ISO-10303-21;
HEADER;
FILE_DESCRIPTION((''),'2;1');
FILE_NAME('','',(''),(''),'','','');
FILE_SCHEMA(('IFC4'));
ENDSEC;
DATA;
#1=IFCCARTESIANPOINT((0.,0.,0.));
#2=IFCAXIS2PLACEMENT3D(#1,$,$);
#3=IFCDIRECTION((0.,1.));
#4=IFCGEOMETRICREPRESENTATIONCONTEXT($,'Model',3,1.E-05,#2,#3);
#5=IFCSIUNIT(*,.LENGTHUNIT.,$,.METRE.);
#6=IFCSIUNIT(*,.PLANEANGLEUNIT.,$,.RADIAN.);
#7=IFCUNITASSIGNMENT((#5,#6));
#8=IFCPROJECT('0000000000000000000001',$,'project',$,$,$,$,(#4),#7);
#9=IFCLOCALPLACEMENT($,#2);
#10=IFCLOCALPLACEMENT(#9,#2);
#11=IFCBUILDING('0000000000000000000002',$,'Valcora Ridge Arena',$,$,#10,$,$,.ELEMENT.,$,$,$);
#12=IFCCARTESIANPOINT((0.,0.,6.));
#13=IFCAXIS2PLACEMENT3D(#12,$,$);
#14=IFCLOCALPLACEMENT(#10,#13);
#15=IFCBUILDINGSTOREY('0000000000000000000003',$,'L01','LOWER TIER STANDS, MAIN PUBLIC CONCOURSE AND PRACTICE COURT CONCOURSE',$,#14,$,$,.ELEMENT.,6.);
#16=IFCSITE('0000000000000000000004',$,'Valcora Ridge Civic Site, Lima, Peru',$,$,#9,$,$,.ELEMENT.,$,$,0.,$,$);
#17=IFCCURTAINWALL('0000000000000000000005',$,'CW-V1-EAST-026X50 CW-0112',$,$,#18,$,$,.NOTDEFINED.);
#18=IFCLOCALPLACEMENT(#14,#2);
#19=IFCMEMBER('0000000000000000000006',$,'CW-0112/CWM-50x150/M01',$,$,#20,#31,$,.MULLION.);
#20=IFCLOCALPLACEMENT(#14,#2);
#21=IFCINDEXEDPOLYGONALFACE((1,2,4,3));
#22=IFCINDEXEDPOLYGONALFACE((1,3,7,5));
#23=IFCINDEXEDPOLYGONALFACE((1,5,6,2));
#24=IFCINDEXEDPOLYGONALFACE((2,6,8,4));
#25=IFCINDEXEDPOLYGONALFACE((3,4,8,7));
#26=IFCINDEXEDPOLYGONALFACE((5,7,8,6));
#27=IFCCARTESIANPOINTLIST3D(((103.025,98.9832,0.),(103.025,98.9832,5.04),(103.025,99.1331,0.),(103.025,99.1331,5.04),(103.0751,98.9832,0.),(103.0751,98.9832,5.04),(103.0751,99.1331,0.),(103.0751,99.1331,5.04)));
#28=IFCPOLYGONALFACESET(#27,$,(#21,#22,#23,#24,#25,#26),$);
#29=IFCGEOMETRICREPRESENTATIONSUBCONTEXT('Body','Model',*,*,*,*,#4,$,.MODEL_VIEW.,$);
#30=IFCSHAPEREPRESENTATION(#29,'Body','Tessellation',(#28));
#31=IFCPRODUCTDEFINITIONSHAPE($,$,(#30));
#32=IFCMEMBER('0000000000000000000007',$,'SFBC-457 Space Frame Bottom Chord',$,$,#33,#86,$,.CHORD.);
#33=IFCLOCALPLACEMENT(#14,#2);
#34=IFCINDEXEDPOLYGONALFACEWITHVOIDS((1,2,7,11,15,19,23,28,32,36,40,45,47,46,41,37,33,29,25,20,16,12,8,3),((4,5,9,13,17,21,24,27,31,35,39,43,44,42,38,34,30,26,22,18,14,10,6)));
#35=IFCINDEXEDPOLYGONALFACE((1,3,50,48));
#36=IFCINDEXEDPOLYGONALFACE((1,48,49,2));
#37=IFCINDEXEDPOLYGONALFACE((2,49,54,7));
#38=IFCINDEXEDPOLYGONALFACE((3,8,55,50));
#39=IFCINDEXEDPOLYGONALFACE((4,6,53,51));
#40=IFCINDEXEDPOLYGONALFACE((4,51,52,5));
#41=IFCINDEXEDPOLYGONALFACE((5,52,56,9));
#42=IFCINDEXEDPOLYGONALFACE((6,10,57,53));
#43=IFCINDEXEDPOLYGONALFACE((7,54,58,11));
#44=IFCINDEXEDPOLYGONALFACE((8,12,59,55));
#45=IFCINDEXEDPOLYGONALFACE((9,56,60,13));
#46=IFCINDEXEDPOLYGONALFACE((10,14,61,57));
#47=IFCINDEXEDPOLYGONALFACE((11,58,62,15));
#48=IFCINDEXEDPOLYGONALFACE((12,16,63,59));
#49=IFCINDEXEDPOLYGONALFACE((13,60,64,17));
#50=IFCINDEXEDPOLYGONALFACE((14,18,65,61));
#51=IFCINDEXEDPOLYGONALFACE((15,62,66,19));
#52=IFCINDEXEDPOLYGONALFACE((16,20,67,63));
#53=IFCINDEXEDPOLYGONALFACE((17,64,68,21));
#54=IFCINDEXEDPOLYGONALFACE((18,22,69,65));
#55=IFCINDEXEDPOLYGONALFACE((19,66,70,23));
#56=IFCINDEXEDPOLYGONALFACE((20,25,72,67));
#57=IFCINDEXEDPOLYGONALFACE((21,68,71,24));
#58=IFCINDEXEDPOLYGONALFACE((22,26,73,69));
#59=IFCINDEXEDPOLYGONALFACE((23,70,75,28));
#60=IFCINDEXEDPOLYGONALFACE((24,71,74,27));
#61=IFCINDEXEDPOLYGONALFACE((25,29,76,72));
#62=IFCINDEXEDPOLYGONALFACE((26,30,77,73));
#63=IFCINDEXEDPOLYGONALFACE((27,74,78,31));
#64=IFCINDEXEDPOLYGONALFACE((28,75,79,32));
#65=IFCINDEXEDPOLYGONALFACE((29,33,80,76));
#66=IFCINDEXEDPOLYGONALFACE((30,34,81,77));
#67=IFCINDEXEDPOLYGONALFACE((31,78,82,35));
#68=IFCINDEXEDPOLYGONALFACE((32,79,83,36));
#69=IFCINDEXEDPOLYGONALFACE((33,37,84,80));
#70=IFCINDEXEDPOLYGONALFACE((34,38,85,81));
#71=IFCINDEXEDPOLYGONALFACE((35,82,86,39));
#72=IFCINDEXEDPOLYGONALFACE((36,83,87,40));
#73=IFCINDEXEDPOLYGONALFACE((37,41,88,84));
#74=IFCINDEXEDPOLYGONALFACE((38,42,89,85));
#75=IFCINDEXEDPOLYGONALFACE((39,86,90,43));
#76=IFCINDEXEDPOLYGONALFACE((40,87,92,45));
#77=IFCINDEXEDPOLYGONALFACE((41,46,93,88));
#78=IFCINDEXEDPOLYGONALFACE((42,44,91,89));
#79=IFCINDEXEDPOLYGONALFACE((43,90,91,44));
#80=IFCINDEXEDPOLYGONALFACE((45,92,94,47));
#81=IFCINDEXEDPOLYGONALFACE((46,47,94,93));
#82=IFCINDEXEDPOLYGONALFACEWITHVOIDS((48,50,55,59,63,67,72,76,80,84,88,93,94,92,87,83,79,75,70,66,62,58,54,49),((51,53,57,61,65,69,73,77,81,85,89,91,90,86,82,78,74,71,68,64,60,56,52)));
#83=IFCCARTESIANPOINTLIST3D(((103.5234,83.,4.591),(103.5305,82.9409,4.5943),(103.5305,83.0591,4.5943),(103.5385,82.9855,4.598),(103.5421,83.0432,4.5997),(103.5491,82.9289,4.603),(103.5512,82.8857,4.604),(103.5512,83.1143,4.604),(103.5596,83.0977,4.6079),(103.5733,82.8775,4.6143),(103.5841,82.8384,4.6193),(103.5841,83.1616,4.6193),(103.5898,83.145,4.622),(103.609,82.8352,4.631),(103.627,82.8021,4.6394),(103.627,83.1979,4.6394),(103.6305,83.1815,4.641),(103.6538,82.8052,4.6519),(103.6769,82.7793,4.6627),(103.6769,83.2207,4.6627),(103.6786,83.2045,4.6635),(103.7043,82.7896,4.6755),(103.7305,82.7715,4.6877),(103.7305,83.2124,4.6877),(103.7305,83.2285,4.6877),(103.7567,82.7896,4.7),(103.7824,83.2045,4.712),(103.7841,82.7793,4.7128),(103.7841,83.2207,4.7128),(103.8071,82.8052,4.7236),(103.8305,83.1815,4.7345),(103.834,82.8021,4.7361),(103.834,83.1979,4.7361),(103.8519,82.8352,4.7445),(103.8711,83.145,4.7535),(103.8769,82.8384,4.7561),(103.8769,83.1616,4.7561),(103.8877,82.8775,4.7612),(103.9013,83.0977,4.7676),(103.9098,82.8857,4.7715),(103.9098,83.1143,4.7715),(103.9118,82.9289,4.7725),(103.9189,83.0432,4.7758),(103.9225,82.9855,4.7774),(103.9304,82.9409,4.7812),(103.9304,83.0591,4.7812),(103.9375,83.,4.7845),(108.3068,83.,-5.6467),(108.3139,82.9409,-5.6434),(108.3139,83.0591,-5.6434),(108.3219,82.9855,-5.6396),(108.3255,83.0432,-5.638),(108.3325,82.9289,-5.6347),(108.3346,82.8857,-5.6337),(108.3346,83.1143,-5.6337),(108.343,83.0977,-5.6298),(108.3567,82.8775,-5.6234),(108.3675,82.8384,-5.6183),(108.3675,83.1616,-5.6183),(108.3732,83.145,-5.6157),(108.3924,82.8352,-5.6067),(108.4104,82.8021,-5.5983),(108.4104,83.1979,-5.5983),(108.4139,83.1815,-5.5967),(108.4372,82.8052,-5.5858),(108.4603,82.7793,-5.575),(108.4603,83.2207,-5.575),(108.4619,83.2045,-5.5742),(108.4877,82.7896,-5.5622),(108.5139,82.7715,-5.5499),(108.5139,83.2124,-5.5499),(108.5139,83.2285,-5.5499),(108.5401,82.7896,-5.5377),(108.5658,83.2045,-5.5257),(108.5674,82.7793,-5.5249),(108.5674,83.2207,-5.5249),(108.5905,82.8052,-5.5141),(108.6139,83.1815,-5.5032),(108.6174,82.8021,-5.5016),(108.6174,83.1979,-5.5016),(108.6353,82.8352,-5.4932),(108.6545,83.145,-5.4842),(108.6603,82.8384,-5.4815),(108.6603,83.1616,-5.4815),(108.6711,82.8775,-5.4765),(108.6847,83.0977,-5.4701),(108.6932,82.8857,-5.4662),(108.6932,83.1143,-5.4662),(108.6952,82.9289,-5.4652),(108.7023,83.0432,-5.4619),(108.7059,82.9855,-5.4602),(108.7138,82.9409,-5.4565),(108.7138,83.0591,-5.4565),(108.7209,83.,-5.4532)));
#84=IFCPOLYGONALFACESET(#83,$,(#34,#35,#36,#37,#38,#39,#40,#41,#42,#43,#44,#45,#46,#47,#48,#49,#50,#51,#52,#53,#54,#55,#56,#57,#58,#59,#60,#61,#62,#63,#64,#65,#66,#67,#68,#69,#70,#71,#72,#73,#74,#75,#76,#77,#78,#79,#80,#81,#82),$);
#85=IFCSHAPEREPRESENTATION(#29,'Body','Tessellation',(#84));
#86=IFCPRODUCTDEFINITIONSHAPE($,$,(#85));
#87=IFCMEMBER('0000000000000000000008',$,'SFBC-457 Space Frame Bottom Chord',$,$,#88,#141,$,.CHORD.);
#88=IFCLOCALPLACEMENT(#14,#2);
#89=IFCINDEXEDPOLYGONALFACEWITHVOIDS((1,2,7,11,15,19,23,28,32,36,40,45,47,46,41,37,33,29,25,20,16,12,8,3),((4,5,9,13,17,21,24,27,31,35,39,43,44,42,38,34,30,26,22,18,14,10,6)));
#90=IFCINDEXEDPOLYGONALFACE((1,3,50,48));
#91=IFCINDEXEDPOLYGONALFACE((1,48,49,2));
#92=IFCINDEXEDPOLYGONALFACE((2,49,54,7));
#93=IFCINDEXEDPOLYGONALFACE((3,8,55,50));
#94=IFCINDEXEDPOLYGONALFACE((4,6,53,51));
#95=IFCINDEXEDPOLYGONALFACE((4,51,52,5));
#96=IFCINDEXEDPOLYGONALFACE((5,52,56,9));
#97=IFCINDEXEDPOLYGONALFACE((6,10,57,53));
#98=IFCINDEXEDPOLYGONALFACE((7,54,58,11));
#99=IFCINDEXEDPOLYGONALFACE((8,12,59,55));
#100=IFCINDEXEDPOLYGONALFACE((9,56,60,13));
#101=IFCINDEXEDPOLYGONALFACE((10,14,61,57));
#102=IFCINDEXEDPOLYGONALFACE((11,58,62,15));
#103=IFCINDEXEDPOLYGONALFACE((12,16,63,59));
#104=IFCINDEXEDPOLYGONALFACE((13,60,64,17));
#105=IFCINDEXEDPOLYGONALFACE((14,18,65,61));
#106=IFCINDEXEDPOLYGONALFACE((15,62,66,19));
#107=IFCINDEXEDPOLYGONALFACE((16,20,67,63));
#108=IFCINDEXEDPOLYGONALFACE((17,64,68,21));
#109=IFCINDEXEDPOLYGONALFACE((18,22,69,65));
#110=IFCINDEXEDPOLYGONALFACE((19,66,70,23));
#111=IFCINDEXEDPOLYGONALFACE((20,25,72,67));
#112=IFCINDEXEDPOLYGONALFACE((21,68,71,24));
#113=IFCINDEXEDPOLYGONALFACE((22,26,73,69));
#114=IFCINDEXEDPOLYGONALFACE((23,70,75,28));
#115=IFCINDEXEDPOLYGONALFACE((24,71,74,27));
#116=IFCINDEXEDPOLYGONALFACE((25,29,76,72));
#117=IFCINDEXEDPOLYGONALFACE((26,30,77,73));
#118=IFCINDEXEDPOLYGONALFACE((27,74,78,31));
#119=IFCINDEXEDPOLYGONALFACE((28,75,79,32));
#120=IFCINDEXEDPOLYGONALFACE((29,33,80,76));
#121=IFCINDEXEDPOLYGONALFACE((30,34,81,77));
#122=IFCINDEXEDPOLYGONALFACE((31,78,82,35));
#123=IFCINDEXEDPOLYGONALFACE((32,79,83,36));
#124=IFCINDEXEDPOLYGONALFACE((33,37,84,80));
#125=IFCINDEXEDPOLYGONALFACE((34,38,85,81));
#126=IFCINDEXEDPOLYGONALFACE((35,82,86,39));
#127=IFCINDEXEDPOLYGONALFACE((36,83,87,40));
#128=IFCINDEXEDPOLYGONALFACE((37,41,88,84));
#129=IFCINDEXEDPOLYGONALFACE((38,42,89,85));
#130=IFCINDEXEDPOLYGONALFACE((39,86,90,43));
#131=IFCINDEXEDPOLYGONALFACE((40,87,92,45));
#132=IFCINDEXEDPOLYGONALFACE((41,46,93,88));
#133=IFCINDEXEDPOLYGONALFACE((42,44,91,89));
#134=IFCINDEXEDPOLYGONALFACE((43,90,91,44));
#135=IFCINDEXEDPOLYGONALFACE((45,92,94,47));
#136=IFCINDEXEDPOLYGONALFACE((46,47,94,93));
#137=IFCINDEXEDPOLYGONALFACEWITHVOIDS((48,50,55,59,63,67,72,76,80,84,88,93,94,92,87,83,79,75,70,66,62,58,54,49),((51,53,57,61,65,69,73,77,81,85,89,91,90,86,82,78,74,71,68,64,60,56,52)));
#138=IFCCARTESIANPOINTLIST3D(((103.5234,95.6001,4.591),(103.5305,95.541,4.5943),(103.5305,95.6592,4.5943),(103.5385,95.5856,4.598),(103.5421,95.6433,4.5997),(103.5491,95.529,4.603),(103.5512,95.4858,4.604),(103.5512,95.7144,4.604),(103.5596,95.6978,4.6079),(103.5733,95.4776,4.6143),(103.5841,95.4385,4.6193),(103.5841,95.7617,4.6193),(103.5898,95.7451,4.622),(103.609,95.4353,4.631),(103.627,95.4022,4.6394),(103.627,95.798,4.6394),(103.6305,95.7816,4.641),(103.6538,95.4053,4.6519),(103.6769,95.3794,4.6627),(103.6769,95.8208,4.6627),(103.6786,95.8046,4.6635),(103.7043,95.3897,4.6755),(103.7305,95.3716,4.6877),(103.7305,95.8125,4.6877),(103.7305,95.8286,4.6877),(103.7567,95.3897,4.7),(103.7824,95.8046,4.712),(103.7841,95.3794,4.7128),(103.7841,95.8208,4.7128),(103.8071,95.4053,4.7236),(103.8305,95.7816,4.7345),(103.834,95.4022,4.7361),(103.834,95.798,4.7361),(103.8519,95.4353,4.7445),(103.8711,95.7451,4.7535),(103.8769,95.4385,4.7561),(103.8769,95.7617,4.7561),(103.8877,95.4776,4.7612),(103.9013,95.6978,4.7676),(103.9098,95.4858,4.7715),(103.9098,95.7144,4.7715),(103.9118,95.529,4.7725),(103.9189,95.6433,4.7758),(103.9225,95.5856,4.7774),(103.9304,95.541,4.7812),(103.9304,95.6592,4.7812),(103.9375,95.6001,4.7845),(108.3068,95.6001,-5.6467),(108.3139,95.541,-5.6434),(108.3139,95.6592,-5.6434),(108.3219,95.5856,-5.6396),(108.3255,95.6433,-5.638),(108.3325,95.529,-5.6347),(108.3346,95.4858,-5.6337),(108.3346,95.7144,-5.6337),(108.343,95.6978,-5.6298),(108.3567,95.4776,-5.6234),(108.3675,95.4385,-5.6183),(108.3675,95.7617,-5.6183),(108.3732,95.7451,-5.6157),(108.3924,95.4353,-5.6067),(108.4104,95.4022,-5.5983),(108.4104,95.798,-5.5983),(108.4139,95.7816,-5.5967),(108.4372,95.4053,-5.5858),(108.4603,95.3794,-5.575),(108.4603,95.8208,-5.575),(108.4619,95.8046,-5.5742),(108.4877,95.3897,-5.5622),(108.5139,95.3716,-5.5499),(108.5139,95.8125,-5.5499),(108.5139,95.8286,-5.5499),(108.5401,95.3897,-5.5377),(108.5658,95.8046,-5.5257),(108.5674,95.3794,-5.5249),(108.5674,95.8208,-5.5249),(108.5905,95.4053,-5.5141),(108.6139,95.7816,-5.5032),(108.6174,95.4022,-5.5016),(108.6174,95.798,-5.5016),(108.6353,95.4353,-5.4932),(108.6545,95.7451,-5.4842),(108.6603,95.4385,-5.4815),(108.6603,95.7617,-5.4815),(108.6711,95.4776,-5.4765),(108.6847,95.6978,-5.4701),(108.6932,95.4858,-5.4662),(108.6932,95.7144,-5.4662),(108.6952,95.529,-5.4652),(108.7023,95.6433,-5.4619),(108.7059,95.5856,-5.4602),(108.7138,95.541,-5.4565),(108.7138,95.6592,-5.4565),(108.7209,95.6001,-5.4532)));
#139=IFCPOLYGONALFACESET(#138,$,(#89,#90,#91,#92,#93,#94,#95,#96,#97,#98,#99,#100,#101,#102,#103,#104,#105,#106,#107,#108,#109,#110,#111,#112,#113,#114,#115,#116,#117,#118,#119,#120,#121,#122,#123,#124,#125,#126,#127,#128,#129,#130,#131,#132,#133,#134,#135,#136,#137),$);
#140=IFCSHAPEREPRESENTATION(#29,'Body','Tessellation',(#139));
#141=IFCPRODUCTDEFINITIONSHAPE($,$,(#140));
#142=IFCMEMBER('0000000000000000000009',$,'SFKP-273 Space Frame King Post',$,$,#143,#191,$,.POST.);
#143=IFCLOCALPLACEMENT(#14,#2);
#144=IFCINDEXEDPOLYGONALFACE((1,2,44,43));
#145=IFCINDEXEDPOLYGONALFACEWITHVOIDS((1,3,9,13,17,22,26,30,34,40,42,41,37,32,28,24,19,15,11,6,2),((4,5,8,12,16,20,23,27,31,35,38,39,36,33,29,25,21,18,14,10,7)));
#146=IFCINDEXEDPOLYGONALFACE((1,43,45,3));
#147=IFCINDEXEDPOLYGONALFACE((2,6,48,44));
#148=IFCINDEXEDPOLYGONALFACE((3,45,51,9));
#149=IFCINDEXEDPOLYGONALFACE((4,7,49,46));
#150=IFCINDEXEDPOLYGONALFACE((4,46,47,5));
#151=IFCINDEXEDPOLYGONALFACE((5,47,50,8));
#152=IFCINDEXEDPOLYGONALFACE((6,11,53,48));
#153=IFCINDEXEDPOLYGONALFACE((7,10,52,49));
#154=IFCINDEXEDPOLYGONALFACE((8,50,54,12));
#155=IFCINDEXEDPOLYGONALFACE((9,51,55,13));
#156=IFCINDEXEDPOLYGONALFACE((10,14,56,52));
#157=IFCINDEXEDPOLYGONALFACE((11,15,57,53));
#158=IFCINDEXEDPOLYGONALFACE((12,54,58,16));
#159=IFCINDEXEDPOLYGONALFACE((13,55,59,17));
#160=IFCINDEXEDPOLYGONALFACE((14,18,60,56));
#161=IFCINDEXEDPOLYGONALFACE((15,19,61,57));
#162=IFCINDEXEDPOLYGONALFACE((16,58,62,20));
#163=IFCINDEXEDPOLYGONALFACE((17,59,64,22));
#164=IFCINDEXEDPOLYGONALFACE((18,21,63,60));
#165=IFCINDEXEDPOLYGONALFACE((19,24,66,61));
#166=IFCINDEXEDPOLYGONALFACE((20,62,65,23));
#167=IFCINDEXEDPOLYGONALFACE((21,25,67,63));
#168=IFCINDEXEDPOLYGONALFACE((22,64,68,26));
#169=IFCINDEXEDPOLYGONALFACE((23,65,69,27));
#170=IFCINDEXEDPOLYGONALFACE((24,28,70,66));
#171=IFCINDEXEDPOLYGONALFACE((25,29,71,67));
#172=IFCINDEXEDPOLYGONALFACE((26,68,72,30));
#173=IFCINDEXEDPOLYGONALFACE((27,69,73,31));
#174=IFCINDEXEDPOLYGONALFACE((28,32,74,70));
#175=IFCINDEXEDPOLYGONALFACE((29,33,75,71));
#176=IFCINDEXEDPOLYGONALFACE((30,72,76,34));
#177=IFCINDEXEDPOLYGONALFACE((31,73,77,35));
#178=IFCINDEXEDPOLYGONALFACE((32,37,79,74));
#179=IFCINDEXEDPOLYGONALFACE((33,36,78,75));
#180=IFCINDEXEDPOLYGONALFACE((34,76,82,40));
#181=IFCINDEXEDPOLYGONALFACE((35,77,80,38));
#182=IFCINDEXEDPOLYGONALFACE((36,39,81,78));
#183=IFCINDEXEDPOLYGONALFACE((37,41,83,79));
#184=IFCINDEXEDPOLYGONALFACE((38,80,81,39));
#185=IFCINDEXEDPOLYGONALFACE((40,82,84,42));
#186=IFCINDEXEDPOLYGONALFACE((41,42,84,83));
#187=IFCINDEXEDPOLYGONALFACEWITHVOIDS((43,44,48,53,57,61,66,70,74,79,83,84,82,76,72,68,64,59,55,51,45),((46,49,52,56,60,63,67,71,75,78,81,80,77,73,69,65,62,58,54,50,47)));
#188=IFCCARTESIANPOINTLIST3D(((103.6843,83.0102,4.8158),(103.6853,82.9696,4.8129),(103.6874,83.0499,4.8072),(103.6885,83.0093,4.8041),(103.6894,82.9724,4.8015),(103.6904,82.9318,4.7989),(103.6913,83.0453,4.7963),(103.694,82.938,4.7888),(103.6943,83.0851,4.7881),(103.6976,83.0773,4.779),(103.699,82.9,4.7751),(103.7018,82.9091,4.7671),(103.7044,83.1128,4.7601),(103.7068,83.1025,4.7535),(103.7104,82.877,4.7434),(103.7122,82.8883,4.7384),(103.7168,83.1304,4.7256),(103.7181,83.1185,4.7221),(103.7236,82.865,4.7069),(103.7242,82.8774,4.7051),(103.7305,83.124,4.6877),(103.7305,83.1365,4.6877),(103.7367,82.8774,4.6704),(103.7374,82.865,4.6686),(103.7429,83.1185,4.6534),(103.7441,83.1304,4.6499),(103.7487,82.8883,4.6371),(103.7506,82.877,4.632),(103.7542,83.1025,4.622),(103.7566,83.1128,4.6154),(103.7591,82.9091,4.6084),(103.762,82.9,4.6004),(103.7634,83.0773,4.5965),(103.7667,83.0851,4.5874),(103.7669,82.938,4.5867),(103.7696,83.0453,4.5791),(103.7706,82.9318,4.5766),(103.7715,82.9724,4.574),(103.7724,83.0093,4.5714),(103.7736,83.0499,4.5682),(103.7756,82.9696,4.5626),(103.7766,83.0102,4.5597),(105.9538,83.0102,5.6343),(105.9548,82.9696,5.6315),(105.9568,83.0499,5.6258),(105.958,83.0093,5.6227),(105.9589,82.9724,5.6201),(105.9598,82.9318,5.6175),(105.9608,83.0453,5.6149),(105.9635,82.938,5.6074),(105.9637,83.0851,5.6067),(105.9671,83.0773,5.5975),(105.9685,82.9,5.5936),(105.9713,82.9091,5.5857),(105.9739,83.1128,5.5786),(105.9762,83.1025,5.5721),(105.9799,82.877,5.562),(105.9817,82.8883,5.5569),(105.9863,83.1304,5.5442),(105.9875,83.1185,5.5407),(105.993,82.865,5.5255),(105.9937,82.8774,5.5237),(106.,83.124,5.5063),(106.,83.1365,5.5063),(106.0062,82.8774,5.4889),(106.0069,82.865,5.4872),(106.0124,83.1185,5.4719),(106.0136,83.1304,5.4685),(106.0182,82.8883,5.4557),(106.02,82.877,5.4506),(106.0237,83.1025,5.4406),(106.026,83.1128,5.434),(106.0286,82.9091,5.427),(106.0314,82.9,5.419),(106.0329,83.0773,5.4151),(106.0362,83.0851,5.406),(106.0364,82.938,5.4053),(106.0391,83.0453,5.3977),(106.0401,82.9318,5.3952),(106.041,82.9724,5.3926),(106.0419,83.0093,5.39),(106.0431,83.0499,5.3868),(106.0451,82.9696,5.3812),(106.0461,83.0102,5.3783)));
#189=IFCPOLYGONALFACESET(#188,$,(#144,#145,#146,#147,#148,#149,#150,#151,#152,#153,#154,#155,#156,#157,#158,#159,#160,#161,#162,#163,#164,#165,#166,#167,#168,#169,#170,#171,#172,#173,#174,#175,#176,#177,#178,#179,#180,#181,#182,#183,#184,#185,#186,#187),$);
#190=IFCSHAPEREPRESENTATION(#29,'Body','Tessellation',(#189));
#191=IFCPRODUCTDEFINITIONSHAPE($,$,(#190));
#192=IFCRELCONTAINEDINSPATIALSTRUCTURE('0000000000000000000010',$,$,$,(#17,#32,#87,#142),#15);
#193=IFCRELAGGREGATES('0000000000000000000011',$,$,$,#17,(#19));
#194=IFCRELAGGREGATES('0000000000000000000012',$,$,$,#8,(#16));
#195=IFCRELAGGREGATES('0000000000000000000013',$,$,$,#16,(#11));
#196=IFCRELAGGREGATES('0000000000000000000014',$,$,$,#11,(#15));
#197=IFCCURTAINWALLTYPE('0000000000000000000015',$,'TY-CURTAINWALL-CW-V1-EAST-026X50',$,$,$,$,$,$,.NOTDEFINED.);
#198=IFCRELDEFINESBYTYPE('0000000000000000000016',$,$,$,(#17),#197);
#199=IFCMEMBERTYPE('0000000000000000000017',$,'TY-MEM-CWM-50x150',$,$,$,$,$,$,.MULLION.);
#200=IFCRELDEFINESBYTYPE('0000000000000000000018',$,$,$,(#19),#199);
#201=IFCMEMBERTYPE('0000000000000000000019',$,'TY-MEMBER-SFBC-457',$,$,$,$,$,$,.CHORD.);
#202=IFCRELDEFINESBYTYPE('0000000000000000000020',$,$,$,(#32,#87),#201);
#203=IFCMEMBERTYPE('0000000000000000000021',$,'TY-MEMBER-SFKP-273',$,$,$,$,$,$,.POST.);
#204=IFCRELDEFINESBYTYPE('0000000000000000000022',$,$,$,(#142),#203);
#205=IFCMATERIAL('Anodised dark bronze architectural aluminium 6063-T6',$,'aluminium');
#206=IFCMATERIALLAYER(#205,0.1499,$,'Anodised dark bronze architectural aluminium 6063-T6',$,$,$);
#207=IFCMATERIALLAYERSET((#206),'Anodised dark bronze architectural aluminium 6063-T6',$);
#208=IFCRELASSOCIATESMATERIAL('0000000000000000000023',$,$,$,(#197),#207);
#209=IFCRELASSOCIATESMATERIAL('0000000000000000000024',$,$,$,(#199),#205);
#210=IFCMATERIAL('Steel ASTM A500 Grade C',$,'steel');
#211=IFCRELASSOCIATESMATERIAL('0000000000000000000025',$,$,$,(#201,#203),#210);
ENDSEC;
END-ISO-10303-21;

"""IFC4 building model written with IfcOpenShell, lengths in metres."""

from ifc_helpers import new_model, si_unit, direction, frame, origin, origin_2d, place, context, subcontext, project, spatial, rectangle, hollow_circle, extrude, material, layer, layer_set, material_profile, profile_set, type_object, element, aggregate, save


model = new_model("IFC4")

# Units and contexts
model_context = context("Model", 3, precision=1e-05, world=origin(), true_north=direction((0.0, 1.0)))
body_context = subcontext(model_context, "Body", "Model", "MODEL_VIEW")
ifc_project = project(units=[si_unit("LENGTHUNIT", "METRE"), si_unit("PLANEANGLEUNIT", "RADIAN")], contexts=[model_context])

# Site, building, storey
site_placement = place(None, origin())
site = spatial("IfcSite", under=ifc_project, at=site_placement, Name="Valcora Ridge Civic Site, Lima, Peru", CompositionType="ELEMENT", RefElevation=0.0)
building_placement = place(site_placement, origin())
building = spatial("IfcBuilding", under=site, at=building_placement, Name="Valcora Ridge Arena", CompositionType="ELEMENT")
storey_placement = place(building_placement, frame((0.0, 0.0, 6.0)))
storey = spatial("IfcBuildingStorey", under=building, at=storey_placement, Name="L01", Description="LOWER TIER STANDS, MAIN PUBLIC CONCOURSE AND PRACTICE COURT CONCOURSE", CompositionType="ELEMENT", Elevation=6.0)

# Curtain wall, member
ifc_material_1 = material(Name="Anodised dark bronze architectural aluminium 6063-T6", Category="aluminium")
ifc_layer_1 = layer(ifc_material_1, 0.1499, Name="Anodised dark bronze architectural aluminium 6063-T6")
ifc_layer_set_1 = layer_set([ifc_layer_1], Name="Anodised dark bronze architectural aluminium 6063-T6")
curtain_wall_type = type_object("IfcCurtainWallType", Name="TY-CURTAINWALL-CW-V1-EAST-026X50", PredefinedType="NOTDEFINED", material=ifc_layer_set_1)
curtain_wall_placement = place(storey_placement, origin())
curtain_wall = element("IfcCurtainWall", 1, at=curtain_wall_placement, inside=storey, type_object=curtain_wall_type, Name="CW-V1-EAST-026X50 CW-0112", PredefinedType="NOTDEFINED")
ifc_material_profile_1 = material_profile(ifc_material_1, rectangle(XDim=0.05, YDim=0.1499, at=origin_2d()), Name="ALU MULLION 50x150")
ifc_profile_set_1 = profile_set([ifc_material_profile_1], Name="Anodised dark bronze architectural aluminium 6063-T6")
member_type_1 = type_object("IfcMemberType", Name="TY-MEM-CWM-50x150", PredefinedType="MULLION", material=ifc_profile_set_1)
member_1_placement = place(storey_placement, frame((103.05, 99.0581, 0.0), z_axis=(0.0, 0.0, 1.0), x_axis=(-1.0, 0.0, 0.0)))
member_1 = element("IfcMember", 2, at=member_1_placement, type_object=member_type_1, Name="CW-0112/CWM-50x150/M01", PredefinedType="MULLION", context=body_context, shape_type="SweptSolid", body=[
    extrude(rectangle(XDim=0.05, YDim=0.1499, at=origin_2d()), origin(), (0.0, 0.0, 1.0), 5.04),
])

# Members
ifc_material_2 = material(Name="Steel ASTM A500 Grade C", Category="steel")
ifc_material_profile_2 = material_profile(ifc_material_2, hollow_circle(Radius=0.2285, WallThickness=0.0161, at=origin_2d()), Name="CHS457X16")
ifc_profile_set_2 = profile_set([ifc_material_profile_2], Name="Steel ASTM A500 Grade C")
member_type_2 = type_object("IfcMemberType", Name="TY-MEMBER-SFBC-457", PredefinedType="CHORD", material=ifc_profile_set_2)
for number, where, z_axis, x_axis, name in (
    (3, (103.7305, 83.0, 4.6877), (0.423308, 0.0, -0.905986), (0.0, 1.0, 0.0), "SFBC-457 Space Frame Bottom Chord"),
    (4, (103.7305, 95.6001, 4.6877), (0.423308, 0.0, -0.905986), (0.0, 1.0, 0.0), "SFBC-457 Space Frame Bottom Chord"),
):
    element("IfcMember", number, at=place(storey_placement, frame(where, z_axis=z_axis, x_axis=x_axis)), inside=storey, type_object=member_type_2, Name=name, PredefinedType="CHORD", context=body_context, shape_type="SweptSolid", body=[
        extrude(hollow_circle(Radius=0.2285, WallThickness=0.0161, at=origin_2d()), origin(), (0.0, 0.0, 1.0), 11.3),
    ])
ifc_material_profile_3 = material_profile(ifc_material_2, hollow_circle(Radius=0.1365, WallThickness=0.0125, at=origin_2d()), Name="CHS273X12")
ifc_profile_set_3 = profile_set([ifc_material_profile_3], Name="Steel ASTM A500 Grade C")
member_type_3 = type_object("IfcMemberType", Name="TY-MEMBER-SFKP-273", PredefinedType="POST", material=ifc_profile_set_3)
for number, where, z_axis, x_axis, name in (
    (5, (103.7305, 83.0, 4.6877), (0.94068, 0.0, 0.339296), (0.0, 1.0, 0.0), "SFKP-273 Space Frame King Post"),
):
    element("IfcMember", number, at=place(storey_placement, frame(where, z_axis=z_axis, x_axis=x_axis)), inside=storey, type_object=member_type_3, Name=name, PredefinedType="POST", context=body_context, shape_type="SweptSolid", body=[
        extrude(hollow_circle(Radius=0.1365, WallThickness=0.0125, at=origin_2d()), origin(), (0.0, 0.0, 1.0), 2.4126),
    ])

aggregate(curtain_wall, [member_1])

save(model, "model.ifc")
